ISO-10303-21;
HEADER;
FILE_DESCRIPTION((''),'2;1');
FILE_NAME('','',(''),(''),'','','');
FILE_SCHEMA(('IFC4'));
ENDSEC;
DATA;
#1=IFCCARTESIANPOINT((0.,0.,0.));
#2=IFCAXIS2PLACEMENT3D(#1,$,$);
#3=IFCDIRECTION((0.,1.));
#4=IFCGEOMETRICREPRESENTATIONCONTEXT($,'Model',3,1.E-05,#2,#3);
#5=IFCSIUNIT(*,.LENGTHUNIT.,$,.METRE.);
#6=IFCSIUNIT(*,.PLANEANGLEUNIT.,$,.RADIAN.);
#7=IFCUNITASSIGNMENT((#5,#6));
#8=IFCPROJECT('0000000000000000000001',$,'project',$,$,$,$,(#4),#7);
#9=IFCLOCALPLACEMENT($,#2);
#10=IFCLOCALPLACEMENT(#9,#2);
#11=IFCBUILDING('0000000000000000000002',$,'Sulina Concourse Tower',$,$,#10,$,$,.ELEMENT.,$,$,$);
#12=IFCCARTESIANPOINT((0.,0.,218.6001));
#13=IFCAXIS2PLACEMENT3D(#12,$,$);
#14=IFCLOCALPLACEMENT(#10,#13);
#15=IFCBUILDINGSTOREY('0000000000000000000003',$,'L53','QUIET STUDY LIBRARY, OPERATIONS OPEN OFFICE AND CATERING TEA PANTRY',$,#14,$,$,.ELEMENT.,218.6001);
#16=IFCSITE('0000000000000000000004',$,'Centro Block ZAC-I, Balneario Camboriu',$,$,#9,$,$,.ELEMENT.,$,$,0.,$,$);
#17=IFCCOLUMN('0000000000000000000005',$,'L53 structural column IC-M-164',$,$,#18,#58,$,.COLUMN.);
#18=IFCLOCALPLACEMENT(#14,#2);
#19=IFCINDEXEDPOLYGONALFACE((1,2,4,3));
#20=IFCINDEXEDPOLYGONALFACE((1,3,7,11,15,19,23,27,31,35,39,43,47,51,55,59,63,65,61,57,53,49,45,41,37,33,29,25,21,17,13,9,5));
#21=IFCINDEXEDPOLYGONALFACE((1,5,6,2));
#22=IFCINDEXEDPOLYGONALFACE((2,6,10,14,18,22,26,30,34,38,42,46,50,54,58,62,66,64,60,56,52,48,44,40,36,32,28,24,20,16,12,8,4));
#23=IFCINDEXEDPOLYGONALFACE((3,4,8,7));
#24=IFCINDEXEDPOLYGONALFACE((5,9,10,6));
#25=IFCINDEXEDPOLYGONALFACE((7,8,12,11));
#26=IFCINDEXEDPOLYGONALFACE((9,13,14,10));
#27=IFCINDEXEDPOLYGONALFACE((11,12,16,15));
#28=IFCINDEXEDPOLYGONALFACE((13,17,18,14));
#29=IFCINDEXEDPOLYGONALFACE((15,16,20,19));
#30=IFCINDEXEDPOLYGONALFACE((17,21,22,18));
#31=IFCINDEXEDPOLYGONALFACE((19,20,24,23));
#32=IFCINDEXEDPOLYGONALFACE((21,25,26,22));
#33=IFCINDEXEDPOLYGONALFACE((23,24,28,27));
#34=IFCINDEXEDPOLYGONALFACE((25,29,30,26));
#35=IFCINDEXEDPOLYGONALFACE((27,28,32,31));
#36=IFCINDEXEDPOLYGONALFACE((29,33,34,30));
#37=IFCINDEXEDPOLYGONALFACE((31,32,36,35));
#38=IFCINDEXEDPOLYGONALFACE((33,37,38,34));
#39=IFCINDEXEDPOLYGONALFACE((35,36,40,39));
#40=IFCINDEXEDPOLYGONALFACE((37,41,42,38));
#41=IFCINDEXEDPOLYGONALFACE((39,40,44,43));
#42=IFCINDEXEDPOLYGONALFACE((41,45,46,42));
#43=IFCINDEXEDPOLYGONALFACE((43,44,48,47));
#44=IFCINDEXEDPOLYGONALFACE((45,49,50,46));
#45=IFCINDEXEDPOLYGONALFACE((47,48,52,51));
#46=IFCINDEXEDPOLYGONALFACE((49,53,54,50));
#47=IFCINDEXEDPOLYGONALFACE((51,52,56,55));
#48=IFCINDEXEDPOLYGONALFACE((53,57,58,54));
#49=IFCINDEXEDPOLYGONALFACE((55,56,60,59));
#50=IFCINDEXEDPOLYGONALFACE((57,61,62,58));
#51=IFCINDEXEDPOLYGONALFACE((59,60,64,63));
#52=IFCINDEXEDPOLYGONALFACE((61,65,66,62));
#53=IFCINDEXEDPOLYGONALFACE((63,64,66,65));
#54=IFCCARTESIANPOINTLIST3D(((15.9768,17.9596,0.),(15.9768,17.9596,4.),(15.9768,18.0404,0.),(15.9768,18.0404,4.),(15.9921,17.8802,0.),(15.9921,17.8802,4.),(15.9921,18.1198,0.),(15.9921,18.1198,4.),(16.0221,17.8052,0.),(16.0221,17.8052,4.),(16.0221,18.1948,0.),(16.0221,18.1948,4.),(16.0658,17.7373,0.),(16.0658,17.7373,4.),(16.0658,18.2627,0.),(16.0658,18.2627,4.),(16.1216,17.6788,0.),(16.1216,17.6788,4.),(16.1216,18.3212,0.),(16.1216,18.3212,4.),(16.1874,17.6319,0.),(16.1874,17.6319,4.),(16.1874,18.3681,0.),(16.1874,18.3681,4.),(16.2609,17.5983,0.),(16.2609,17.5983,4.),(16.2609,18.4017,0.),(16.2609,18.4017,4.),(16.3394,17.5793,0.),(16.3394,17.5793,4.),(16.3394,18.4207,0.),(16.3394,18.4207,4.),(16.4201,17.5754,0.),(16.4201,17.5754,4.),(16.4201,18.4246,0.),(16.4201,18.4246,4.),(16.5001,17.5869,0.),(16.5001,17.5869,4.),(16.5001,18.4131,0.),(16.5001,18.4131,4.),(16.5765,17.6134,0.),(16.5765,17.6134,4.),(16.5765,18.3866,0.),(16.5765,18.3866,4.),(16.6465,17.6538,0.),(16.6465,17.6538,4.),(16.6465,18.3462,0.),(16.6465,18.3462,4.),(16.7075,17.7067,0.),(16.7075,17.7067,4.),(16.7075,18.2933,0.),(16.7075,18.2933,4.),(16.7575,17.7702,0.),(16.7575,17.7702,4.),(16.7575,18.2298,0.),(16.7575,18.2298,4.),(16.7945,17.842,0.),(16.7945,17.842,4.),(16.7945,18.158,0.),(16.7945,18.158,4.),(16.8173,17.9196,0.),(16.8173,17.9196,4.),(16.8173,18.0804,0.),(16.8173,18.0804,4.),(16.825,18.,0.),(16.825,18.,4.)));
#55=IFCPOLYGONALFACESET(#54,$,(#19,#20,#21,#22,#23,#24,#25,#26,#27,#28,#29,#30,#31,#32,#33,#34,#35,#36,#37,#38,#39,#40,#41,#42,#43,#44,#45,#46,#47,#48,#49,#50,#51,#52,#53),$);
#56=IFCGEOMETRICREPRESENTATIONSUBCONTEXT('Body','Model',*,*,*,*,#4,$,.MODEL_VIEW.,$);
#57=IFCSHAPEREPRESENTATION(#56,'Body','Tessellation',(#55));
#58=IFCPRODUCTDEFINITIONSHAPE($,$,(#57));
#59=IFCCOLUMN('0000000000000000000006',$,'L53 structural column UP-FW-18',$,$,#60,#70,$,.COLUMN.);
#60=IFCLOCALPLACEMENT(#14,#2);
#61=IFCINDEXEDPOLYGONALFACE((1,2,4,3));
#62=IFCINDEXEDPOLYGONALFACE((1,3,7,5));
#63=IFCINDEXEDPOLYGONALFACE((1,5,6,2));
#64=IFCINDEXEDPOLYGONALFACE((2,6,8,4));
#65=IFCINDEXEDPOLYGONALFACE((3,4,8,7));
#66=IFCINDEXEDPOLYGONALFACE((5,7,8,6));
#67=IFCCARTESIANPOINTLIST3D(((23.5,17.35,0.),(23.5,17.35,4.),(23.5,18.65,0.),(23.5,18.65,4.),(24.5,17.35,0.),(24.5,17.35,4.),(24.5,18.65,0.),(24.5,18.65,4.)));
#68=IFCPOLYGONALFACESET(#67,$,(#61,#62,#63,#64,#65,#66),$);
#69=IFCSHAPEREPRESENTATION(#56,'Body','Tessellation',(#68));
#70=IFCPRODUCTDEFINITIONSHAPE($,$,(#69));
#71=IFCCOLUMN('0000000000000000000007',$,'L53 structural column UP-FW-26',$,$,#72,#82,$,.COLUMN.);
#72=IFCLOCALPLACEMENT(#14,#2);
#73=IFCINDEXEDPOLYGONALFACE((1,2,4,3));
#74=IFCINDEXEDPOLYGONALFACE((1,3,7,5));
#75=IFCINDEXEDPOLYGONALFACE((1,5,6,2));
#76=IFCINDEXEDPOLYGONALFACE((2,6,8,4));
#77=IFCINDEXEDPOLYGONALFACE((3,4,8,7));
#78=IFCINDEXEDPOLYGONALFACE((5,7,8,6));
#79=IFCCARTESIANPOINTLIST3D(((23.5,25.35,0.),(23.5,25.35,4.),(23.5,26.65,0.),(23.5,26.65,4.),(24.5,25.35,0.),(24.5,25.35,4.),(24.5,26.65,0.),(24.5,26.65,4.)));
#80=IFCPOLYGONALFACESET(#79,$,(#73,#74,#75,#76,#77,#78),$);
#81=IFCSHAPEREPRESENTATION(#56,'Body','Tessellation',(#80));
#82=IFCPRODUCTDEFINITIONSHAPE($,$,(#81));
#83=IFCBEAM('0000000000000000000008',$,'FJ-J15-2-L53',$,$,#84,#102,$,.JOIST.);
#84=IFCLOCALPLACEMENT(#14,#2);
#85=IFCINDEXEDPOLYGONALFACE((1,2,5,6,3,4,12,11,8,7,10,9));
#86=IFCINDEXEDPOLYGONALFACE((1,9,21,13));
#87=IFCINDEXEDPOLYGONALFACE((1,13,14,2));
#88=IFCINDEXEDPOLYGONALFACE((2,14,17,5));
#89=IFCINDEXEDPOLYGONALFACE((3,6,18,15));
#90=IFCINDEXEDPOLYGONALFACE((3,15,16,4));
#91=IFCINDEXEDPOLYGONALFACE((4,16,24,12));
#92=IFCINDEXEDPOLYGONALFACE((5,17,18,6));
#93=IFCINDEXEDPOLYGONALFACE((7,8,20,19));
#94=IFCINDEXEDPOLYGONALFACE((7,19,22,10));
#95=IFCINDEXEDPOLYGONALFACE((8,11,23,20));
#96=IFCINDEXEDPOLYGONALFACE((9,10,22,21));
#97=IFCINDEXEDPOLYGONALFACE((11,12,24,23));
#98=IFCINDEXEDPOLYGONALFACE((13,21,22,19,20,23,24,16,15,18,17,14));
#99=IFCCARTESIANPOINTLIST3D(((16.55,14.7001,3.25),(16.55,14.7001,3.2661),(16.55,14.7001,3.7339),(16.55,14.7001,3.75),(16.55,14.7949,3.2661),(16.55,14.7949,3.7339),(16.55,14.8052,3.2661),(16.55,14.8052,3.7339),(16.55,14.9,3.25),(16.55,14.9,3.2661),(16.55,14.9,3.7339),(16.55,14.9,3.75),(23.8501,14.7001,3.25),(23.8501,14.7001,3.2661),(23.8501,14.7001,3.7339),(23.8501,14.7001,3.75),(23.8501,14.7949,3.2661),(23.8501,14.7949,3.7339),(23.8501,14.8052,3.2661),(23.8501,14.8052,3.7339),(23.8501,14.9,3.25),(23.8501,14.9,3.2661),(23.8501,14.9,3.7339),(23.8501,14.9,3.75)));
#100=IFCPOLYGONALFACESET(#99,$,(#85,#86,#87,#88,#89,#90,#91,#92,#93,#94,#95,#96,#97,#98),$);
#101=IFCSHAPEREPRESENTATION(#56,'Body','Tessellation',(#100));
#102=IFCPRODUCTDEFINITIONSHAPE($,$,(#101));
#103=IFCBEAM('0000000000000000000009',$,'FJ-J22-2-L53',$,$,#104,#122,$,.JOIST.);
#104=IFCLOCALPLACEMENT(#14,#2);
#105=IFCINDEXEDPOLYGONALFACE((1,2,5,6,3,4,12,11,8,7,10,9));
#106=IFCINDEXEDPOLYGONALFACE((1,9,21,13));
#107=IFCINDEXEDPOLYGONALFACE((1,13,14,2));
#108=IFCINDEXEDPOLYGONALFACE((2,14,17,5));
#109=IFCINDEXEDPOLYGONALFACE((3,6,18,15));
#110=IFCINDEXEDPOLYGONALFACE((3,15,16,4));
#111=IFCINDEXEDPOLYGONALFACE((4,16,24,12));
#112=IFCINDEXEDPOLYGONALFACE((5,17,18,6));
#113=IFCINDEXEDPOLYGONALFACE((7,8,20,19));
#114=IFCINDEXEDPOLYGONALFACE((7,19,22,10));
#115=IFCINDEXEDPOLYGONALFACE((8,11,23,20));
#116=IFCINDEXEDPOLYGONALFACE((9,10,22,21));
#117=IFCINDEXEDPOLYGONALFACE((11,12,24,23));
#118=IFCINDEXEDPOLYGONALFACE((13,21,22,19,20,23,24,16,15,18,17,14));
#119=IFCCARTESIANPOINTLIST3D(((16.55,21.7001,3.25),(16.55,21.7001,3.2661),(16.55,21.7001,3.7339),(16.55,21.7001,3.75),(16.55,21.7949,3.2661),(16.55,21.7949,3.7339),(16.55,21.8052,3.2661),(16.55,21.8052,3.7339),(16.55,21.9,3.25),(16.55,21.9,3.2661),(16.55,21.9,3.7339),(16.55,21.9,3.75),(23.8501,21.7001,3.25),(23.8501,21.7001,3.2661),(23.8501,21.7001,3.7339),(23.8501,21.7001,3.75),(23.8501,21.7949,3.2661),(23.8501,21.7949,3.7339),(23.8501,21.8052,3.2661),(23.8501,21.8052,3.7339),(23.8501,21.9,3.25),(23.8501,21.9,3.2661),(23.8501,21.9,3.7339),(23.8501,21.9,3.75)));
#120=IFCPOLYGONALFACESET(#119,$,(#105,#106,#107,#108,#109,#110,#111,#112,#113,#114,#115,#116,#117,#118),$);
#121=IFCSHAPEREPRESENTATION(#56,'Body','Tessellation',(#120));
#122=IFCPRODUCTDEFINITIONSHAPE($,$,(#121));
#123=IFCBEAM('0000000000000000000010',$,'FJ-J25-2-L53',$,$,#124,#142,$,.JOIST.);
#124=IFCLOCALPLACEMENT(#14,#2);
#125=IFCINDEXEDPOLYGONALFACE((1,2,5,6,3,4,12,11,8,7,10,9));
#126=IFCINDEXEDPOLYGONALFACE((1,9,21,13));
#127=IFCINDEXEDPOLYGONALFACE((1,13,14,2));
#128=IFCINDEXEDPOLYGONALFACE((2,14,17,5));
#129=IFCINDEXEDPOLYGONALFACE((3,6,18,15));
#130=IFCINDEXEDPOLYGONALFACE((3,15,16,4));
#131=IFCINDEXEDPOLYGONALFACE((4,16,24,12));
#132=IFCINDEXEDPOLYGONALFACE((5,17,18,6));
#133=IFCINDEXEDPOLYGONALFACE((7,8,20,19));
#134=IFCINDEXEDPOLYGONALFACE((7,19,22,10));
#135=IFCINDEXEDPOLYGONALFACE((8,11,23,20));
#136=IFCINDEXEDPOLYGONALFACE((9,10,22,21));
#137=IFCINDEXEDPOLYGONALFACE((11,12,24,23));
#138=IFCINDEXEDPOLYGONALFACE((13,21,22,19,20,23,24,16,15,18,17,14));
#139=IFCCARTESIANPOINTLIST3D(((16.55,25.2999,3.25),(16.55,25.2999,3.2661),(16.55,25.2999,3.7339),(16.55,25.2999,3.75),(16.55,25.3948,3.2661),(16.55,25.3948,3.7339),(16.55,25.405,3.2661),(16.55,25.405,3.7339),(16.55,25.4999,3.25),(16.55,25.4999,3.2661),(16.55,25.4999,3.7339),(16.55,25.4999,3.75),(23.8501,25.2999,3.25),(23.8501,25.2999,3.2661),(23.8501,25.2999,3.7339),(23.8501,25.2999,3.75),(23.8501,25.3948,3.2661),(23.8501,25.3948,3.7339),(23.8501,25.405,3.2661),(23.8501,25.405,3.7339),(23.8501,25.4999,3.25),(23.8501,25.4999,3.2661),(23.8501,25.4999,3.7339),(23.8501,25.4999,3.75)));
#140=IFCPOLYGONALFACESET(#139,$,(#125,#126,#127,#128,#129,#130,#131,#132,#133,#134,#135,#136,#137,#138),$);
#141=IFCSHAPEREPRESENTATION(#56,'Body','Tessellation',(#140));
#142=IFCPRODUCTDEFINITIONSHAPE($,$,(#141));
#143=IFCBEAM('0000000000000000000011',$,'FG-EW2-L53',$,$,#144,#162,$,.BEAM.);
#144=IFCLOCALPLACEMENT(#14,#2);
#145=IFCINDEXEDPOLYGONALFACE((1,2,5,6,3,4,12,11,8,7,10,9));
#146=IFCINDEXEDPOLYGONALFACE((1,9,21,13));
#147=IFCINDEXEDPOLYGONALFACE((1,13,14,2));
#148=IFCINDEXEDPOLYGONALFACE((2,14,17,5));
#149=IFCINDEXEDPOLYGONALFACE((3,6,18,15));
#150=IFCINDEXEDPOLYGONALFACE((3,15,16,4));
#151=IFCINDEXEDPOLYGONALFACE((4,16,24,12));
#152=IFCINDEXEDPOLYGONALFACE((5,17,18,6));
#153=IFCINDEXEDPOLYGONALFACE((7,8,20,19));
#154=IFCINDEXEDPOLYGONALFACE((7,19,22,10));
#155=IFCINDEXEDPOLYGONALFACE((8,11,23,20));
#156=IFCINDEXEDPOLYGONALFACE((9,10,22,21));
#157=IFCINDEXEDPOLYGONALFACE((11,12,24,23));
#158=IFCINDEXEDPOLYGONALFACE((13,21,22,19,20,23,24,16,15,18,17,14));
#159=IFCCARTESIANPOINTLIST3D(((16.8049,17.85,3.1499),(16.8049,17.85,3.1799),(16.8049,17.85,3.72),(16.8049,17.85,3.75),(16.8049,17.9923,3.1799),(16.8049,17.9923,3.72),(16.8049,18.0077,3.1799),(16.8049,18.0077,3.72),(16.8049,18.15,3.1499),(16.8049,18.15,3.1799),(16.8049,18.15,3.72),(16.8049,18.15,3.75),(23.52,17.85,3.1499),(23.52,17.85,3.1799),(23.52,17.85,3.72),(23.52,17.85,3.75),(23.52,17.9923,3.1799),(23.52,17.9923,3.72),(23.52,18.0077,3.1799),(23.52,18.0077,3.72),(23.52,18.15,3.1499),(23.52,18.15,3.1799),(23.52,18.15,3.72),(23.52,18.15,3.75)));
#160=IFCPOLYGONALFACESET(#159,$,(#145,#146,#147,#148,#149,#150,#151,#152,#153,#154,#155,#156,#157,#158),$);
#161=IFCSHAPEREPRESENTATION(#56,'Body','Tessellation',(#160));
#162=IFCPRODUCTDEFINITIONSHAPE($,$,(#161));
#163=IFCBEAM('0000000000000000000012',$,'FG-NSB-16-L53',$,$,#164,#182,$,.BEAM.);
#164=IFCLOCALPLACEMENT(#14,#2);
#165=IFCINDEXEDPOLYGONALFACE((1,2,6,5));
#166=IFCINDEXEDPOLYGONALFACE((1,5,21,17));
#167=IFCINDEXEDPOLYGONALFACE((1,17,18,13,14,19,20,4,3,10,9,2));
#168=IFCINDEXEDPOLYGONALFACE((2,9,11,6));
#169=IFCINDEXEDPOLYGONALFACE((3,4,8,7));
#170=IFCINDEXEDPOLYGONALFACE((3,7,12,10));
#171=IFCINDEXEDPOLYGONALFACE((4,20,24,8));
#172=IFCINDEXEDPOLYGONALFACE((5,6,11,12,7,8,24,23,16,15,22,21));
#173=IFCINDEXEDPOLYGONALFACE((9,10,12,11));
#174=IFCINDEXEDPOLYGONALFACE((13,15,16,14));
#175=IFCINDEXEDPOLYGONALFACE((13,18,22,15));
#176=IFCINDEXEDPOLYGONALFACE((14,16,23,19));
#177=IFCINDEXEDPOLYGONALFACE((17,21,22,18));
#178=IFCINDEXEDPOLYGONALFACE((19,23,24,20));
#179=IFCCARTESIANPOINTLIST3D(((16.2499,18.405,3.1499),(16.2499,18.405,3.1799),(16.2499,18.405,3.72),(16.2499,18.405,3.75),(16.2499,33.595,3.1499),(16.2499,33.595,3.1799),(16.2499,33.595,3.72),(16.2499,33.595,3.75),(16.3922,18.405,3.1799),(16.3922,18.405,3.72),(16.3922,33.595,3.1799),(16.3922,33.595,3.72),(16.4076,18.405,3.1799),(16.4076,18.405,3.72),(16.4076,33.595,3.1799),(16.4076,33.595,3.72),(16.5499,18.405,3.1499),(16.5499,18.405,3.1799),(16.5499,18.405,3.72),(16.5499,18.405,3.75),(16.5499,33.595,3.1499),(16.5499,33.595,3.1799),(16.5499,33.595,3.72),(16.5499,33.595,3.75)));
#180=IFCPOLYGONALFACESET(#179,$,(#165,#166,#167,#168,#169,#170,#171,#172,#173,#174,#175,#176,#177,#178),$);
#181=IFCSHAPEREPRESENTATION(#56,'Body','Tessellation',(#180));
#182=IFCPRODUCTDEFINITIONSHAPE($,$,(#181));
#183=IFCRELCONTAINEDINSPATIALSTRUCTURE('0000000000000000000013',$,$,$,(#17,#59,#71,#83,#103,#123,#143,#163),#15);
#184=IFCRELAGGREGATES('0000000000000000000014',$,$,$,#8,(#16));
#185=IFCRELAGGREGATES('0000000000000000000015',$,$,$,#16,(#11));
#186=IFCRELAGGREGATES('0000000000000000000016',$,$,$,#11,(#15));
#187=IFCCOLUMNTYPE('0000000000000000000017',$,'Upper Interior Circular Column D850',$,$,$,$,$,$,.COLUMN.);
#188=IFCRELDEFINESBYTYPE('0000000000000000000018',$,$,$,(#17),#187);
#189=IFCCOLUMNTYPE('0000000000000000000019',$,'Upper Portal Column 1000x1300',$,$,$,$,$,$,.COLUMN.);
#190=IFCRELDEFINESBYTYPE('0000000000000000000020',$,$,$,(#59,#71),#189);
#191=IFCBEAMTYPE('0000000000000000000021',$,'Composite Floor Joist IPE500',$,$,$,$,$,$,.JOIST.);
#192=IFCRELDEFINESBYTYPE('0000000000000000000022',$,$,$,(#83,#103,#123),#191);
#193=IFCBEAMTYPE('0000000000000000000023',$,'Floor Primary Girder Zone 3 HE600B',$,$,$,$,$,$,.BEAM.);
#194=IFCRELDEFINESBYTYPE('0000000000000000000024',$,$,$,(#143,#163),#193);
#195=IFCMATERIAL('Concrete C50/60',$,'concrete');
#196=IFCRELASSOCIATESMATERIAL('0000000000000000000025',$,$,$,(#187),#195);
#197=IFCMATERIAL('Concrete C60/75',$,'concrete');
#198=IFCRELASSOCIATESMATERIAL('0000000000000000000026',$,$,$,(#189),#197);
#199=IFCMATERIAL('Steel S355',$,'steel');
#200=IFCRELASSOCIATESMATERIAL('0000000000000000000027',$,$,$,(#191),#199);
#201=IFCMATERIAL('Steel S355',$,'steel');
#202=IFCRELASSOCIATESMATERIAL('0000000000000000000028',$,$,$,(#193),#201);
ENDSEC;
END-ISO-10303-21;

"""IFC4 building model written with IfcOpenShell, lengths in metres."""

from ifc_helpers import new_model, si_unit, direction, frame, origin, origin_2d, place, context, subcontext, project, spatial, rectangle, circle, i_section, extrude, material, material_profile, profile_set, type_object, element, save


model = new_model("IFC4")

# Units and contexts
model_context = context("Model", 3, precision=1e-05, world=origin(), true_north=direction((0.0, 1.0)))
body_context = subcontext(model_context, "Body", "Model", "MODEL_VIEW")
ifc_project = project(units=[si_unit("LENGTHUNIT", "METRE"), si_unit("PLANEANGLEUNIT", "RADIAN")], contexts=[model_context])

# Site, building, storey
site_placement = place(None, origin())
site = spatial("IfcSite", under=ifc_project, at=site_placement, Name="Centro Block ZAC-I, Balneario Camboriu", CompositionType="ELEMENT", RefElevation=0.0)
building_placement = place(site_placement, origin())
building = spatial("IfcBuilding", under=site, at=building_placement, Name="Sulina Concourse Tower", CompositionType="ELEMENT")
storey_placement = place(building_placement, frame((0.0, 0.0, 218.6001)))
storey = spatial("IfcBuildingStorey", under=building, at=storey_placement, Name="L53", Description="QUIET STUDY LIBRARY, OPERATIONS OPEN OFFICE AND CATERING TEA PANTRY", CompositionType="ELEMENT", Elevation=218.6001)

# Columns
ifc_material_1 = material(Name="Concrete C50/60", Category="concrete")
ifc_material_profile_1 = material_profile(ifc_material_1, circle(Radius=0.425, at=origin_2d()), Name="RC D850")
ifc_profile_set_1 = profile_set([ifc_material_profile_1], Name="Concrete C50/60")
column_type_1 = type_object("IfcColumnType", Name="Upper Interior Circular Column D850", PredefinedType="COLUMN", material=ifc_profile_set_1)
column_placement = place(storey_placement, frame((16.3999, 18.0, 0.0), z_axis=(0.0, 0.0, 1.0), x_axis=(1.0, 0.0, 0.0)))
element("IfcColumn", 1, at=column_placement, inside=storey, type_object=column_type_1, Name="L53 structural column IC-M-164", PredefinedType="COLUMN", context=body_context, shape_type="SweptSolid", body=[
    extrude(circle(Radius=0.425, at=origin_2d()), origin(), (0.0, 0.0, 1.0), 4.0),
])
ifc_material_2 = material(Name="Concrete C60/75", Category="concrete")
ifc_material_profile_2 = material_profile(ifc_material_2, rectangle(XDim=1.0, YDim=1.3, at=origin_2d()), Name="RC 1000x1300")
ifc_profile_set_2 = profile_set([ifc_material_profile_2], Name="Concrete C60/75")
column_type_2 = type_object("IfcColumnType", Name="Upper Portal Column 1000x1300", PredefinedType="COLUMN", material=ifc_profile_set_2)
for number, where, z_axis, x_axis, name in (
    (2, (24.0, 18.0, 0.0), (0.0, 0.0, 1.0), (1.0, 0.0, 0.0), "L53 structural column UP-FW-18"),
    (3, (24.0, 26.0, 0.0), (0.0, 0.0, 1.0), (1.0, 0.0, 0.0), "L53 structural column UP-FW-26"),
):
    element("IfcColumn", number, at=place(storey_placement, frame(where, z_axis=z_axis, x_axis=x_axis)), inside=storey, type_object=column_type_2, Name=name, PredefinedType="COLUMN", context=body_context, shape_type="SweptSolid", body=[
        extrude(rectangle(XDim=1.0, YDim=1.3, at=origin_2d()), origin(), (0.0, 0.0, 1.0), 4.0),
    ])

# Beams
ifc_material_3 = material(Name="Steel S355", Category="steel")
ifc_material_profile_3 = material_profile(ifc_material_3, i_section(OverallWidth=0.2, OverallDepth=0.5, WebThickness=0.0103, FlangeThickness=0.0161, at=origin_2d()), Name="IPE 500")
ifc_profile_set_3 = profile_set([ifc_material_profile_3], Name="Steel S355")
beam_type_1 = type_object("IfcBeamType", Name="Composite Floor Joist IPE500", PredefinedType="JOIST", material=ifc_profile_set_3)
for number, where, z_axis, x_axis, name in (
    (4, (16.55, 14.8, 3.5), (1.0, 0.0, 0.0), (0.0, 1.0, 0.0), "FJ-J15-2-L53"),
    (5, (16.55, 21.8, 3.5), (1.0, 0.0, 0.0), (0.0, 1.0, 0.0), "FJ-J22-2-L53"),
    (6, (16.55, 25.3999, 3.5), (1.0, 0.0, 0.0), (0.0, 1.0, 0.0), "FJ-J25-2-L53"),
):
    element("IfcBeam", number, at=place(storey_placement, frame(where, z_axis=z_axis, x_axis=x_axis)), inside=storey, type_object=beam_type_1, Name=name, PredefinedType="JOIST", context=body_context, shape_type="SweptSolid", body=[
        extrude(i_section(OverallWidth=0.2, OverallDepth=0.5, WebThickness=0.0103, FlangeThickness=0.0161, at=origin_2d()), origin(), (0.0, 0.0, 1.0), 7.3),
    ])
ifc_material_4 = material(Name="Steel S355", Category="steel")
ifc_material_profile_4 = material_profile(ifc_material_4, i_section(OverallWidth=0.3, OverallDepth=0.6001, WebThickness=0.0154, FlangeThickness=0.03, at=origin_2d()), Name="HE 600 B")
ifc_profile_set_4 = profile_set([ifc_material_profile_4], Name="Steel S355")
beam_type_2 = type_object("IfcBeamType", Name="Floor Primary Girder Zone 3 HE600B", PredefinedType="BEAM", material=ifc_profile_set_4)
beam_1_placement = place(storey_placement, frame((16.8049, 18.0, 3.45), z_axis=(1.0, 0.0, 0.0), x_axis=(0.0, 1.0, 0.0)))
element("IfcBeam", 7, at=beam_1_placement, inside=storey, type_object=beam_type_2, Name="FG-EW2-L53", PredefinedType="BEAM", context=body_context, shape_type="SweptSolid", body=[
    extrude(i_section(OverallWidth=0.3, OverallDepth=0.6001, WebThickness=0.0154, FlangeThickness=0.03, at=origin_2d()), origin(), (0.0, 0.0, 1.0), 6.7151),
])
beam_2_placement = place(storey_placement, frame((16.3999, 18.405, 3.45), z_axis=(0.0, 1.0, 0.0), x_axis=(-1.0, 0.0, 0.0)))
element("IfcBeam", 8, at=beam_2_placement, inside=storey, type_object=beam_type_2, Name="FG-NSB-16-L53", PredefinedType="BEAM", context=body_context, shape_type="SweptSolid", body=[
    extrude(i_section(OverallWidth=0.3, OverallDepth=0.6001, WebThickness=0.0154, FlangeThickness=0.03, at=origin_2d()), origin(), (0.0, 0.0, 1.0), 15.1899),
])

save(model, "model.ifc")
